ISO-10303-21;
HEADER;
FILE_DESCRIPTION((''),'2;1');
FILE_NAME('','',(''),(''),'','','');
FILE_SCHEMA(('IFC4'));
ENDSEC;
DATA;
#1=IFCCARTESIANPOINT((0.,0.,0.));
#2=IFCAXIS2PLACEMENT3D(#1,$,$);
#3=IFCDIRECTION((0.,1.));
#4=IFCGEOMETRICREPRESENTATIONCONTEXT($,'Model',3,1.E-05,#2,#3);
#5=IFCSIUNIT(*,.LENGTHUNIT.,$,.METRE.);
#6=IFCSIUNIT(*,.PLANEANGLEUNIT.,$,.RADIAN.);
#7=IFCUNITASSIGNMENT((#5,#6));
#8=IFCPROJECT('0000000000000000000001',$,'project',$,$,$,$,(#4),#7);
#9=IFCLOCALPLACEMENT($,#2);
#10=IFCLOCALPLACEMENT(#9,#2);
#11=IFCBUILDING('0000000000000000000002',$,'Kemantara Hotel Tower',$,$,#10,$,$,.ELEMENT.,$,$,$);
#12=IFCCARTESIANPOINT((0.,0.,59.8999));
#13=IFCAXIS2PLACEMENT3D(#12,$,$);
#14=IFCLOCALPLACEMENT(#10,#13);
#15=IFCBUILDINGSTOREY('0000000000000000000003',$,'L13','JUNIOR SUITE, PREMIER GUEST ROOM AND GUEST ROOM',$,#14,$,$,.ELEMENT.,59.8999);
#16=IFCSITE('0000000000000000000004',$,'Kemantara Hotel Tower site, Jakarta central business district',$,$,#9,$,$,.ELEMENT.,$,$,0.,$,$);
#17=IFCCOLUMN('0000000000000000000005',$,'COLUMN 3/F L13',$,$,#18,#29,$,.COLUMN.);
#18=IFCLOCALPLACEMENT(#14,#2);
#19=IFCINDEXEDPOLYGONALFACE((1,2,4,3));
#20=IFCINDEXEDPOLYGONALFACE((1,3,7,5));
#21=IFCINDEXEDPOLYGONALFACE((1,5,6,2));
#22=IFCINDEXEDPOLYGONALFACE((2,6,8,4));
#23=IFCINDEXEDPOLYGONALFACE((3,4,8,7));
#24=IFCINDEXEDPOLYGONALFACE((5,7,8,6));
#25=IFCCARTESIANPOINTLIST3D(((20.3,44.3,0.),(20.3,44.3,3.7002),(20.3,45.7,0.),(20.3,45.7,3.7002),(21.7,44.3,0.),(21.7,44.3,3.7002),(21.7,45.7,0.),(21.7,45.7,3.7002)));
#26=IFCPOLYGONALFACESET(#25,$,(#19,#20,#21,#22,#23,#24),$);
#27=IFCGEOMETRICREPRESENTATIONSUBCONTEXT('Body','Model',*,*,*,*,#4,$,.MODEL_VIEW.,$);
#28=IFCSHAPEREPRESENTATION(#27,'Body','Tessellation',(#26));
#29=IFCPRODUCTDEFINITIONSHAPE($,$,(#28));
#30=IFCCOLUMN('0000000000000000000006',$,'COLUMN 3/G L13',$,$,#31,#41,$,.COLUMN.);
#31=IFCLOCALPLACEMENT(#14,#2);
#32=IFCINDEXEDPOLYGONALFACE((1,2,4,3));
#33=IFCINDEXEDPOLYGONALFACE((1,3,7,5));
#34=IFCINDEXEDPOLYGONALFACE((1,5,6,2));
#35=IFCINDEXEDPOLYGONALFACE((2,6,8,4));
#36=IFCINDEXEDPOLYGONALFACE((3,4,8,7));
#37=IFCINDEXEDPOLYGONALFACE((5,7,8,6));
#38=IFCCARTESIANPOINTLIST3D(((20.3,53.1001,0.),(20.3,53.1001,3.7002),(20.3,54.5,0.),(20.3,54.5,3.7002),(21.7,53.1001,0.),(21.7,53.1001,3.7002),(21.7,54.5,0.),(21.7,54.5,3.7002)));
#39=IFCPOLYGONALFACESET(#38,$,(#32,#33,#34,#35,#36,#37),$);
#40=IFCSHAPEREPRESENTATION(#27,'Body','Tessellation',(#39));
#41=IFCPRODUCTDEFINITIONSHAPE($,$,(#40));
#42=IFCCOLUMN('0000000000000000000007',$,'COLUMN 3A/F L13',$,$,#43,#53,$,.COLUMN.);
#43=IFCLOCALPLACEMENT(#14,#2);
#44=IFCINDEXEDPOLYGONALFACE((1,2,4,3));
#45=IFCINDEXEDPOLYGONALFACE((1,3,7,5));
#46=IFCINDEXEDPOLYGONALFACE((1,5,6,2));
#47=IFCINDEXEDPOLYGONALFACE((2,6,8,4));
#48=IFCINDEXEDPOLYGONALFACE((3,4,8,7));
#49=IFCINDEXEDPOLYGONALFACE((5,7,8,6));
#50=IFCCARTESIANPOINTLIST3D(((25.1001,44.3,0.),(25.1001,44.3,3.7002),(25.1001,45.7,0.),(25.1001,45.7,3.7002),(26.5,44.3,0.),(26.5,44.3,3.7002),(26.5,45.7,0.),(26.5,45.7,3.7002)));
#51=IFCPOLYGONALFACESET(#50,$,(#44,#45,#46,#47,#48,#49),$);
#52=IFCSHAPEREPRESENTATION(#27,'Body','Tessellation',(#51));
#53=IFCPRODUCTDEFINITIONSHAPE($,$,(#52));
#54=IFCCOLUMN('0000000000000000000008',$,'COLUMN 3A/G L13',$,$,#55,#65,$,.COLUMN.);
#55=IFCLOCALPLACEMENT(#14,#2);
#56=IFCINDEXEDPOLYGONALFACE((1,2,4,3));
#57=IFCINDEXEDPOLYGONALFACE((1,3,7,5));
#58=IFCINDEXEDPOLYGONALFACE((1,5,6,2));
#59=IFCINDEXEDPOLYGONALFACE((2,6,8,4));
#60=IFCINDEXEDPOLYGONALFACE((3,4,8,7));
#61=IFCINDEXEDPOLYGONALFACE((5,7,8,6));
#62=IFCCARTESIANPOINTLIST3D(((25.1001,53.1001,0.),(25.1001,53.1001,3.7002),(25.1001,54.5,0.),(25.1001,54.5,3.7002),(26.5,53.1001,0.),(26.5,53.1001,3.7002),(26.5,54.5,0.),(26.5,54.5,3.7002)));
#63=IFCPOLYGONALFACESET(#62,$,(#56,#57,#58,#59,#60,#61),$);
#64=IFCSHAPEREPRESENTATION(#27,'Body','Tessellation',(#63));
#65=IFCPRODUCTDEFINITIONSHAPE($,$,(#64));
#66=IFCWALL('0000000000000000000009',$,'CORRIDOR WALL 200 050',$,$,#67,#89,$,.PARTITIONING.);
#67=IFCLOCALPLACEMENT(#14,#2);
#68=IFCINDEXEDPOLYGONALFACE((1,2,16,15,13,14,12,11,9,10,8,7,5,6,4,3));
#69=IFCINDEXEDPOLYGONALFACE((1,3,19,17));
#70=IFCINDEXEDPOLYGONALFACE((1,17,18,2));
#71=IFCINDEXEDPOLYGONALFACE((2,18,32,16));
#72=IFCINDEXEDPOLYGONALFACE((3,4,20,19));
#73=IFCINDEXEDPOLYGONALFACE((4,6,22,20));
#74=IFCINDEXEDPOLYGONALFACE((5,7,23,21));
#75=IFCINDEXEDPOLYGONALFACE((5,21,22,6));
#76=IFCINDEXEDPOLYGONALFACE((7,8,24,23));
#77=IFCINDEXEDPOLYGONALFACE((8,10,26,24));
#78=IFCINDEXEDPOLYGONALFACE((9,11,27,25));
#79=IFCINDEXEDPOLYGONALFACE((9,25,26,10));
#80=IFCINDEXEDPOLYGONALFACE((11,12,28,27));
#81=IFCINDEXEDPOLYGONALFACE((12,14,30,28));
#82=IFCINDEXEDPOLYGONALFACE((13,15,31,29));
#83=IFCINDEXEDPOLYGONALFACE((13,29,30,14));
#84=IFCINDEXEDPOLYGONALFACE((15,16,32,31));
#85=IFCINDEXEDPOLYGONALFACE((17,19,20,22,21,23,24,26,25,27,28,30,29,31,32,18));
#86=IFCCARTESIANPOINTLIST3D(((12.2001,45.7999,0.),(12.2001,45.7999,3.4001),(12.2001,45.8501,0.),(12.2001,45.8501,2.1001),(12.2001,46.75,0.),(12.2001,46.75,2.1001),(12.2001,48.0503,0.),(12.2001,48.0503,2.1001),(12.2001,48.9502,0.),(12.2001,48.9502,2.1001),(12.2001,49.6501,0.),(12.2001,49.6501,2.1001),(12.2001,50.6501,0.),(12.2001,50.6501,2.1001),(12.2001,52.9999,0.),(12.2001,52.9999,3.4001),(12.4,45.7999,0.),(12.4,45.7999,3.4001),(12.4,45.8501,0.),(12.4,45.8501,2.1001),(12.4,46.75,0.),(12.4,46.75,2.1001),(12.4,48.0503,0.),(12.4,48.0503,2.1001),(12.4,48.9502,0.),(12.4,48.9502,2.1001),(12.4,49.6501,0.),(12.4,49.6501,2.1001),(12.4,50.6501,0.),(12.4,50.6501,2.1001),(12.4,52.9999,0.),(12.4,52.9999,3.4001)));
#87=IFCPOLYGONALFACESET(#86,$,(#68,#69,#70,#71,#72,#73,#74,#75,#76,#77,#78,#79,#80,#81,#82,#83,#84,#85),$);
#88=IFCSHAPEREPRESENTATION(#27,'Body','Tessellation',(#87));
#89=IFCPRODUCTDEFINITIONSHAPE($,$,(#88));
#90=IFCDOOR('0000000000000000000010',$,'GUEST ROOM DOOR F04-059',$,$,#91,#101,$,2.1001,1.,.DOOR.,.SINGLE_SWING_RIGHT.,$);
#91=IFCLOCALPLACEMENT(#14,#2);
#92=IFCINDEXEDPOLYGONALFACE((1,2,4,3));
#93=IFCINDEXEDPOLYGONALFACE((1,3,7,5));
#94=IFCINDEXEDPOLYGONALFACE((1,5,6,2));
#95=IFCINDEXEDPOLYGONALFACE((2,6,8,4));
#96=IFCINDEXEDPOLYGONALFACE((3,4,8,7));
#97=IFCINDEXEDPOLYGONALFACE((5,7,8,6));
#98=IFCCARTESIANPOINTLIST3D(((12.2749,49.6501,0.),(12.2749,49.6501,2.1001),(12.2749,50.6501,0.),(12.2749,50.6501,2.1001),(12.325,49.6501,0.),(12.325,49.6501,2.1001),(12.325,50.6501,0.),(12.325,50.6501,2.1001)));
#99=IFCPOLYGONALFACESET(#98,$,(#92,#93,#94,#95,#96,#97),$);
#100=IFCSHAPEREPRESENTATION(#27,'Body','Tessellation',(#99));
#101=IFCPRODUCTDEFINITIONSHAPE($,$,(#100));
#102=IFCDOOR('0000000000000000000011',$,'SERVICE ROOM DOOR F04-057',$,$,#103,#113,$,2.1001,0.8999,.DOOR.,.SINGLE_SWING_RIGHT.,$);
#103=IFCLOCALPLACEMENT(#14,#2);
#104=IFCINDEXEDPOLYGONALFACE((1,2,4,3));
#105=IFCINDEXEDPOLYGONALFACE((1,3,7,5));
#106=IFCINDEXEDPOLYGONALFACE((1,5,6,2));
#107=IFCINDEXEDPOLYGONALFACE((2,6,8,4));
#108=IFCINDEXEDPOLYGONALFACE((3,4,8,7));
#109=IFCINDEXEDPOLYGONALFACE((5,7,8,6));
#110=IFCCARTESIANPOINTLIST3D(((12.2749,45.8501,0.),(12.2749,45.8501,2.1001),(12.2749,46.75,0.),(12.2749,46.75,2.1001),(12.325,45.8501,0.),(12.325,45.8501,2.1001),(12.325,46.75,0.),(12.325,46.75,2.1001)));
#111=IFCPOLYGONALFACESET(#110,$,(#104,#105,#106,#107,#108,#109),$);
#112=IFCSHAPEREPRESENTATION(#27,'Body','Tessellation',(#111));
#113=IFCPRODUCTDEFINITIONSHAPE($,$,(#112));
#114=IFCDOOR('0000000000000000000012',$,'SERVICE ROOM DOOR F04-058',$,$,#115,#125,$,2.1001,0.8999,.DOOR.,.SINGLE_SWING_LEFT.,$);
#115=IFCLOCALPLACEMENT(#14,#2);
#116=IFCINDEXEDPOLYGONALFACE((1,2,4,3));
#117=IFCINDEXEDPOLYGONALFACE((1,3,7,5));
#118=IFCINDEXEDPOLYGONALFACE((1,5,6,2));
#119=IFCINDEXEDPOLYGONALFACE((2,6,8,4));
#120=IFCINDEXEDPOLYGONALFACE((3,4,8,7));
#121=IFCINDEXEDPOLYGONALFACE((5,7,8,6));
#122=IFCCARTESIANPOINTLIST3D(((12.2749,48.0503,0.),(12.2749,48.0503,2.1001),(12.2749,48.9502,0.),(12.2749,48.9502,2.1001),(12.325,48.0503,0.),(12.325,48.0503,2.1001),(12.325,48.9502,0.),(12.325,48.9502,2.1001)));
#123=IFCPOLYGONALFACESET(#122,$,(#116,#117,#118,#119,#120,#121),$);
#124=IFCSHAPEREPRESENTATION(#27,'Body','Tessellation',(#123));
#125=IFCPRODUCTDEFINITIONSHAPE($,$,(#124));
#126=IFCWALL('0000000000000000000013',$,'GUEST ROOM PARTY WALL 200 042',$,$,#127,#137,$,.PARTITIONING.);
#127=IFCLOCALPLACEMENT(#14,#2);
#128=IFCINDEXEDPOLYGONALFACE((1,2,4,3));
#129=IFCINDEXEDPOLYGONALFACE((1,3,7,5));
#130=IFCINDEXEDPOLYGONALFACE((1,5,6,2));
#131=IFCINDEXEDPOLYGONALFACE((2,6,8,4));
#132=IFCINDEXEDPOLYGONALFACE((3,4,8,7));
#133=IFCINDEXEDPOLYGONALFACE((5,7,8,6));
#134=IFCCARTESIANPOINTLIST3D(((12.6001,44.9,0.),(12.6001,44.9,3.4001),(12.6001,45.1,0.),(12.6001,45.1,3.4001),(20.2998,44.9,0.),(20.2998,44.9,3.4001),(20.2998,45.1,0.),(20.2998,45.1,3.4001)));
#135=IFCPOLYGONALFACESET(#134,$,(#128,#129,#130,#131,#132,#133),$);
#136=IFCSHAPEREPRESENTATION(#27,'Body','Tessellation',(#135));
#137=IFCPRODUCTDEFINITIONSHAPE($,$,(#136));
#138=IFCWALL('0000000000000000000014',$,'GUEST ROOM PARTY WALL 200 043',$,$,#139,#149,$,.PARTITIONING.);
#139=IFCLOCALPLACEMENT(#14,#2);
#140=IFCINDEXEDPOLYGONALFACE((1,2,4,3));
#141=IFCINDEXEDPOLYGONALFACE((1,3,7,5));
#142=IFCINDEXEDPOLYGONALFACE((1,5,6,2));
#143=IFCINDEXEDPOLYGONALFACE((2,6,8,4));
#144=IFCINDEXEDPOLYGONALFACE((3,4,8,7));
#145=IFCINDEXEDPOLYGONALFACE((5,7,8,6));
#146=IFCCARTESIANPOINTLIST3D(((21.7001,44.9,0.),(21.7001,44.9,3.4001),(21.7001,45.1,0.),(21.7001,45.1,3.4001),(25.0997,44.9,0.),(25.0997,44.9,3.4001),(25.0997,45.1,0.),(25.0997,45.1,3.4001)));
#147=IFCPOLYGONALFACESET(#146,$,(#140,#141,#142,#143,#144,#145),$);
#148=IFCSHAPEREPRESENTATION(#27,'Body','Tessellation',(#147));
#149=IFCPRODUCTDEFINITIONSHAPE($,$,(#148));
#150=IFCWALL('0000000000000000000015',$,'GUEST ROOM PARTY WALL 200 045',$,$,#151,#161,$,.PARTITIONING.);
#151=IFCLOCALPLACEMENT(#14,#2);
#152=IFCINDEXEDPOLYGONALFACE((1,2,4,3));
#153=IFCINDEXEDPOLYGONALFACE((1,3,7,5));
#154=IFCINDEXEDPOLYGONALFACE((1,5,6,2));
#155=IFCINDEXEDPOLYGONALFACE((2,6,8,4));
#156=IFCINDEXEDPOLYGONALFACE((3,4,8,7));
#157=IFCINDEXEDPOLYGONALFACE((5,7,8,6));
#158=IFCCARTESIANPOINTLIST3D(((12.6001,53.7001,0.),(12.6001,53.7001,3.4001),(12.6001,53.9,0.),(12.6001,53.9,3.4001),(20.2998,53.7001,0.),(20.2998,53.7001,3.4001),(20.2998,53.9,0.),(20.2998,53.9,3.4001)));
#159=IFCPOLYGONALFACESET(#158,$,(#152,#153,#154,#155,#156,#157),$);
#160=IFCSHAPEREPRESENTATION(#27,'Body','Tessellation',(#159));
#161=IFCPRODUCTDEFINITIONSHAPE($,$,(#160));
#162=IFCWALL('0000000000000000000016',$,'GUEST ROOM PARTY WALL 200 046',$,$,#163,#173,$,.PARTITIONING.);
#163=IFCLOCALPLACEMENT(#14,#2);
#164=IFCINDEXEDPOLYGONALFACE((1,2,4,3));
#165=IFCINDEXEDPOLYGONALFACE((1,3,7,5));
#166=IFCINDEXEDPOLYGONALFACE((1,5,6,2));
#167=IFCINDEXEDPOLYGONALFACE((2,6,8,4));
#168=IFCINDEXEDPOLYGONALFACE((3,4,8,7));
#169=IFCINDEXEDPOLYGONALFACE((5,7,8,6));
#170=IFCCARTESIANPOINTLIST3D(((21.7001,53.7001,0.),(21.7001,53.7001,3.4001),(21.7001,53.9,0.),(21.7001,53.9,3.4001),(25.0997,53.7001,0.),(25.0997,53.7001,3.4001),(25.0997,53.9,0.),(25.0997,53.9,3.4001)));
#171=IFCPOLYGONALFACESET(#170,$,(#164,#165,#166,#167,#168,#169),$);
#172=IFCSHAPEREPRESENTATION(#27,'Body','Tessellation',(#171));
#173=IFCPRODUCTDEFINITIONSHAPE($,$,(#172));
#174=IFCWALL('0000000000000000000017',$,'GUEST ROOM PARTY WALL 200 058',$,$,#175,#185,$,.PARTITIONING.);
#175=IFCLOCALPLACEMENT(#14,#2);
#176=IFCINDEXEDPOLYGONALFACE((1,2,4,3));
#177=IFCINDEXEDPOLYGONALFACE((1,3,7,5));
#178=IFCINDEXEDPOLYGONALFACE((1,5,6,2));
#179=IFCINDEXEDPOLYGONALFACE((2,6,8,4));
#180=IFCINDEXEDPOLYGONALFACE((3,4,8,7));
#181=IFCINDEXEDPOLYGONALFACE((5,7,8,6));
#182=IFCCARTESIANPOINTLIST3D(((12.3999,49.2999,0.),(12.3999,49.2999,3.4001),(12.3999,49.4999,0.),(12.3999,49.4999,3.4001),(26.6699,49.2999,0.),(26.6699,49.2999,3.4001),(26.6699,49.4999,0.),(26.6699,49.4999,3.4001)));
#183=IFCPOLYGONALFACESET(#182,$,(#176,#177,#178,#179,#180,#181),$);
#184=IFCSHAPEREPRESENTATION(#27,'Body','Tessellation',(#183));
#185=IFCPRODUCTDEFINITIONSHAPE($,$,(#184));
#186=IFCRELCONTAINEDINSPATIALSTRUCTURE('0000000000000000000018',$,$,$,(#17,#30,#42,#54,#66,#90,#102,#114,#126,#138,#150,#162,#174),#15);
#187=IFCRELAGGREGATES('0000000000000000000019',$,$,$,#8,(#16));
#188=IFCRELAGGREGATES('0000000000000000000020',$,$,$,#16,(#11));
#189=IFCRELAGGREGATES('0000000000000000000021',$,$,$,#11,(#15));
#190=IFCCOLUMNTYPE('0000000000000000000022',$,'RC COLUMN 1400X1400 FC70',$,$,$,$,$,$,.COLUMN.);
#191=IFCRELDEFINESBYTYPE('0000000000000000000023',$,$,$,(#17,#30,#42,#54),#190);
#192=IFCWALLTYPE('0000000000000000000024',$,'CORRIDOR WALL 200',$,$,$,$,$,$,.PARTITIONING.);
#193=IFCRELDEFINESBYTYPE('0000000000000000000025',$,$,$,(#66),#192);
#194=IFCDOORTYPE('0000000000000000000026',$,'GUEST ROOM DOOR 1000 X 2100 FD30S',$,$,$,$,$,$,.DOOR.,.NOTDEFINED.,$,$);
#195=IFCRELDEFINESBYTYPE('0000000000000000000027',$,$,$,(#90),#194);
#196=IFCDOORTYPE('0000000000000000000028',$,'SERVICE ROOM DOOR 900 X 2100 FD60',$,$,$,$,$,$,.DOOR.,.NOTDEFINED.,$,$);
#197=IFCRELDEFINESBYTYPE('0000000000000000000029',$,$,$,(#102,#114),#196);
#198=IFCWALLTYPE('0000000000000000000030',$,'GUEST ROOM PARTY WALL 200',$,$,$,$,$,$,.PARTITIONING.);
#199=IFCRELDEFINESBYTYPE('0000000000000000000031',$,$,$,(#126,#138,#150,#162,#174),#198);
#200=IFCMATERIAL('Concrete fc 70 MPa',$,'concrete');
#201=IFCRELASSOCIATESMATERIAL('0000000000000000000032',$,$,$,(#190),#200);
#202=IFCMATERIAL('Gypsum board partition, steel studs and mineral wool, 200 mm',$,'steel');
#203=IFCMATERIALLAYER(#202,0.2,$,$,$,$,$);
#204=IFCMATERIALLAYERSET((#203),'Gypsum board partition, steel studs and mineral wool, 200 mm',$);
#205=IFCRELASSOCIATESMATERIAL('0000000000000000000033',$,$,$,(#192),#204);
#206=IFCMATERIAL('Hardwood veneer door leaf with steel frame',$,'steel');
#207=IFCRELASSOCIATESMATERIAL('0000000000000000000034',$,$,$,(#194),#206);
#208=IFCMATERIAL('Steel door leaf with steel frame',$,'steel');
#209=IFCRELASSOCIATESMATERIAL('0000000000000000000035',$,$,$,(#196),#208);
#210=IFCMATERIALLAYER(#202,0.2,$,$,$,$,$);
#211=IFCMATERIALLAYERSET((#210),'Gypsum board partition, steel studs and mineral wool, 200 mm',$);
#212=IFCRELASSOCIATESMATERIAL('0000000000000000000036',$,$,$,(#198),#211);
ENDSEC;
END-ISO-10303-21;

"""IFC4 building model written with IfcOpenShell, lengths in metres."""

from ifc_helpers import new_model, si_unit, direction, frame, frame_2d, origin, origin_2d, place, context, subcontext, project, spatial, rectangle, extrude, material, layer, layer_set, material_profile, profile_set, type_object, element, fill, save


model = new_model("IFC4")

# Units and contexts
model_context = context("Model", 3, precision=1e-05, world=origin(), true_north=direction((0.0, 1.0)))
body_context = subcontext(model_context, "Body", "Model", "MODEL_VIEW")
ifc_project = project(units=[si_unit("LENGTHUNIT", "METRE"), si_unit("PLANEANGLEUNIT", "RADIAN")], contexts=[model_context])

# Site, building, storey
site_placement = place(None, origin())
site = spatial("IfcSite", under=ifc_project, at=site_placement, Name="Kemantara Hotel Tower site, Jakarta central business district", CompositionType="ELEMENT", RefElevation=0.0)
building_placement = place(site_placement, origin())
building = spatial("IfcBuilding", under=site, at=building_placement, Name="Kemantara Hotel Tower", CompositionType="ELEMENT")
storey_placement = place(building_placement, frame((0.0, 0.0, 59.8999)))
storey = spatial("IfcBuildingStorey", under=building, at=storey_placement, Name="L13", Description="JUNIOR SUITE, PREMIER GUEST ROOM AND GUEST ROOM", CompositionType="ELEMENT", Elevation=59.8999)

# Columns
ifc_material_1 = material(Name="Concrete fc 70 MPa", Category="concrete")
ifc_material_profile = material_profile(ifc_material_1, rectangle(XDim=1.3999, YDim=1.3999, at=origin_2d()), Name="RC 1400X1400")
ifc_profile_set = profile_set([ifc_material_profile], Name="Concrete fc 70 MPa")
column_type = type_object("IfcColumnType", Name="RC COLUMN 1400X1400 FC70", PredefinedType="COLUMN", material=ifc_profile_set)
for number, where, z_axis, x_axis, name in (
    (1, (21.0, 45.0, 0.0), (0.0, 0.0, 1.0), (1.0, 0.0, 0.0), "COLUMN 3/F L13"),
    (2, (21.0, 53.8, 0.0), (0.0, 0.0, 1.0), (1.0, 0.0, 0.0), "COLUMN 3/G L13"),
    (3, (25.8, 45.0, 0.0), (0.0, 0.0, 1.0), (1.0, 0.0, 0.0), "COLUMN 3A/F L13"),
    (4, (25.8, 53.8, 0.0), (0.0, 0.0, 1.0), (1.0, 0.0, 0.0), "COLUMN 3A/G L13"),
):
    element("IfcColumn", number, at=place(storey_placement, frame(where, z_axis=z_axis, x_axis=x_axis)), inside=storey, type_object=column_type, Name=name, PredefinedType="COLUMN", context=body_context, shape_type="SweptSolid", body=[
        extrude(rectangle(XDim=1.3999, YDim=1.3999, at=origin_2d()), origin(), (0.0, 0.0, 1.0), 3.7002),
    ])

# Wall, openings, doors
ifc_material_2 = material(Name="Gypsum board partition, steel studs and mineral wool, 200 mm", Category="steel")
ifc_layer_1 = layer(ifc_material_2, 0.2)
ifc_layer_set_1 = layer_set([ifc_layer_1], Name="Gypsum board partition, steel studs and mineral wool, 200 mm")
wall_type_1 = type_object("IfcWallType", Name="CORRIDOR WALL 200", PredefinedType="PARTITIONING", material=ifc_layer_set_1)
wall_1_placement = place(storey_placement, frame((12.3, 53.0, 0.0), z_axis=(0.0, 0.0, 1.0), x_axis=(0.0, -1.0, 0.0)))
wall_1 = element("IfcWall", 5, at=wall_1_placement, inside=storey, type_object=wall_type_1, Name="CORRIDOR WALL 200 050", PredefinedType="PARTITIONING", context=body_context, shape_type="SweptSolid", body=[
    extrude(rectangle(XDim=7.2, YDim=0.2, at=frame_2d((3.6001, 0.0))), origin(), (0.0, 0.0, 1.0), 3.4001),
])
opening_1_placement = place(wall_1_placement, frame((6.25, 0.0, 0.0)))
opening_1 = element("IfcOpeningElement", 6, at=opening_1_placement, cuts=wall_1, PredefinedType="OPENING", context=body_context, shape_type="SweptSolid", body=[
    extrude(rectangle(XDim=0.8999, YDim=2.1001, at=frame_2d((0.45, 1.05))), frame((0.0, 0.1099, 0.0), z_axis=(0.0, -1.0, 0.0), x_axis=(1.0, 0.0, 0.0)), (0.0, 0.0, 1.0), 0.22),
])
opening_2_placement = place(wall_1_placement, frame((4.0498, 0.0, 0.0)))
opening_2 = element("IfcOpeningElement", 7, at=opening_2_placement, cuts=wall_1, PredefinedType="OPENING", context=body_context, shape_type="SweptSolid", body=[
    extrude(rectangle(XDim=0.8999, YDim=2.1001, at=frame_2d((0.45, 1.05))), frame((0.0, 0.1099, 0.0), z_axis=(0.0, -1.0, 0.0), x_axis=(1.0, 0.0, 0.0)), (0.0, 0.0, 1.0), 0.22),
])
opening_3_placement = place(wall_1_placement, frame((2.3499, 0.0, 0.0)))
opening_3 = element("IfcOpeningElement", 8, at=opening_3_placement, cuts=wall_1, PredefinedType="OPENING", context=body_context, shape_type="SweptSolid", body=[
    extrude(rectangle(XDim=1.0, YDim=2.1001, at=frame_2d((0.5, 1.05))), frame((0.0, 0.1099, 0.0), z_axis=(0.0, -1.0, 0.0), x_axis=(1.0, 0.0, 0.0)), (0.0, 0.0, 1.0), 0.22),
])
ifc_material_3 = material(Name="Hardwood veneer door leaf with steel frame", Category="steel")
door_type_1 = type_object("IfcDoorType", Name="GUEST ROOM DOOR 1000 X 2100 FD30S", OperationType="NOTDEFINED", PredefinedType="DOOR", material=ifc_material_3)
door_1_placement = place(opening_3_placement, origin())
door_1 = element("IfcDoor", 9, at=door_1_placement, inside=storey, type_object=door_type_1, Name="GUEST ROOM DOOR F04-059", OperationType="SINGLE_SWING_RIGHT", OverallHeight=2.1001, OverallWidth=1.0, PredefinedType="DOOR", context=body_context, shape_type="SweptSolid", body=[
    extrude(rectangle(XDim=1.0, YDim=2.1001, at=frame_2d((0.5, 1.05))), frame((0.0, 0.0249, 0.0), z_axis=(0.0, -1.0, 0.0), x_axis=(1.0, 0.0, 0.0)), (0.0, 0.0, 1.0), 0.05),
])
fill(opening_3, door_1)
ifc_material_4 = material(Name="Steel door leaf with steel frame", Category="steel")
door_type_2 = type_object("IfcDoorType", Name="SERVICE ROOM DOOR 900 X 2100 FD60", OperationType="NOTDEFINED", PredefinedType="DOOR", material=ifc_material_4)
door_2_placement = place(opening_1_placement, origin())
door_2 = element("IfcDoor", 10, at=door_2_placement, inside=storey, type_object=door_type_2, Name="SERVICE ROOM DOOR F04-057", OperationType="SINGLE_SWING_RIGHT", OverallHeight=2.1001, OverallWidth=0.8999, PredefinedType="DOOR", context=body_context, shape_type="SweptSolid", body=[
    extrude(rectangle(XDim=0.8999, YDim=2.1001, at=frame_2d((0.45, 1.05))), frame((0.0, 0.0249, 0.0), z_axis=(0.0, -1.0, 0.0), x_axis=(1.0, 0.0, 0.0)), (0.0, 0.0, 1.0), 0.05),
])
fill(opening_1, door_2)
door_3_placement = place(opening_2_placement, origin())
door_3 = element("IfcDoor", 11, at=door_3_placement, inside=storey, type_object=door_type_2, Name="SERVICE ROOM DOOR F04-058", OperationType="SINGLE_SWING_LEFT", OverallHeight=2.1001, OverallWidth=0.8999, PredefinedType="DOOR", context=body_context, shape_type="SweptSolid", body=[
    extrude(rectangle(XDim=0.8999, YDim=2.1001, at=frame_2d((0.45, 1.05))), frame((0.0, 0.0249, 0.0), z_axis=(0.0, -1.0, 0.0), x_axis=(1.0, 0.0, 0.0)), (0.0, 0.0, 1.0), 0.05),
])
fill(opening_2, door_3)

# Walls
ifc_layer_2 = layer(ifc_material_2, 0.2)
ifc_layer_set_2 = layer_set([ifc_layer_2], Name="Gypsum board partition, steel studs and mineral wool, 200 mm")
wall_type_2 = type_object("IfcWallType", Name="GUEST ROOM PARTY WALL 200", PredefinedType="PARTITIONING", material=ifc_layer_set_2)
wall_2_placement = place(storey_placement, frame((12.6001, 45.0, 0.0), z_axis=(0.0, 0.0, 1.0), x_axis=(1.0, 0.0, 0.0)))
element("IfcWall", 12, at=wall_2_placement, inside=storey, type_object=wall_type_2, Name="GUEST ROOM PARTY WALL 200 042", PredefinedType="PARTITIONING", context=body_context, shape_type="SweptSolid", body=[
    extrude(rectangle(XDim=7.6997, YDim=0.2, at=frame_2d((3.8499, 0.0))), origin(), (0.0, 0.0, 1.0), 3.4001),
])
wall_3_placement = place(storey_placement, frame((21.7002, 45.0, 0.0), z_axis=(0.0, 0.0, 1.0), x_axis=(1.0, 0.0, 0.0)))
element("IfcWall", 13, at=wall_3_placement, inside=storey, type_object=wall_type_2, Name="GUEST ROOM PARTY WALL 200 043", PredefinedType="PARTITIONING", context=body_context, shape_type="SweptSolid", body=[
    extrude(rectangle(XDim=3.3997, YDim=0.2, at=frame_2d((1.6997, 0.0))), origin(), (0.0, 0.0, 1.0), 3.4001),
])
wall_4_placement = place(storey_placement, frame((12.6001, 53.8, 0.0), z_axis=(0.0, 0.0, 1.0), x_axis=(1.0, 0.0, 0.0)))
element("IfcWall", 14, at=wall_4_placement, inside=storey, type_object=wall_type_2, Name="GUEST ROOM PARTY WALL 200 045", PredefinedType="PARTITIONING", context=body_context, shape_type="SweptSolid", body=[
    extrude(rectangle(XDim=7.6997, YDim=0.2, at=frame_2d((3.8499, 0.0))), origin(), (0.0, 0.0, 1.0), 3.4001),
])
wall_5_placement = place(storey_placement, frame((21.7002, 53.8, 0.0), z_axis=(0.0, 0.0, 1.0), x_axis=(1.0, 0.0, 0.0)))
element("IfcWall", 15, at=wall_5_placement, inside=storey, type_object=wall_type_2, Name="GUEST ROOM PARTY WALL 200 046", PredefinedType="PARTITIONING", context=body_context, shape_type="SweptSolid", body=[
    extrude(rectangle(XDim=3.3997, YDim=0.2, at=frame_2d((1.6997, 0.0))), origin(), (0.0, 0.0, 1.0), 3.4001),
])
wall_6_placement = place(storey_placement, frame((12.3999, 49.3999, 0.0), z_axis=(0.0, 0.0, 1.0), x_axis=(1.0, 0.0, 0.0)))
element("IfcWall", 16, at=wall_6_placement, inside=storey, type_object=wall_type_2, Name="GUEST ROOM PARTY WALL 200 058", PredefinedType="PARTITIONING", context=body_context, shape_type="SweptSolid", body=[
    extrude(rectangle(XDim=14.27, YDim=0.2, at=frame_2d((7.135, 0.0))), origin(), (0.0, 0.0, 1.0), 3.4001),
])

save(model, "model.ifc")
